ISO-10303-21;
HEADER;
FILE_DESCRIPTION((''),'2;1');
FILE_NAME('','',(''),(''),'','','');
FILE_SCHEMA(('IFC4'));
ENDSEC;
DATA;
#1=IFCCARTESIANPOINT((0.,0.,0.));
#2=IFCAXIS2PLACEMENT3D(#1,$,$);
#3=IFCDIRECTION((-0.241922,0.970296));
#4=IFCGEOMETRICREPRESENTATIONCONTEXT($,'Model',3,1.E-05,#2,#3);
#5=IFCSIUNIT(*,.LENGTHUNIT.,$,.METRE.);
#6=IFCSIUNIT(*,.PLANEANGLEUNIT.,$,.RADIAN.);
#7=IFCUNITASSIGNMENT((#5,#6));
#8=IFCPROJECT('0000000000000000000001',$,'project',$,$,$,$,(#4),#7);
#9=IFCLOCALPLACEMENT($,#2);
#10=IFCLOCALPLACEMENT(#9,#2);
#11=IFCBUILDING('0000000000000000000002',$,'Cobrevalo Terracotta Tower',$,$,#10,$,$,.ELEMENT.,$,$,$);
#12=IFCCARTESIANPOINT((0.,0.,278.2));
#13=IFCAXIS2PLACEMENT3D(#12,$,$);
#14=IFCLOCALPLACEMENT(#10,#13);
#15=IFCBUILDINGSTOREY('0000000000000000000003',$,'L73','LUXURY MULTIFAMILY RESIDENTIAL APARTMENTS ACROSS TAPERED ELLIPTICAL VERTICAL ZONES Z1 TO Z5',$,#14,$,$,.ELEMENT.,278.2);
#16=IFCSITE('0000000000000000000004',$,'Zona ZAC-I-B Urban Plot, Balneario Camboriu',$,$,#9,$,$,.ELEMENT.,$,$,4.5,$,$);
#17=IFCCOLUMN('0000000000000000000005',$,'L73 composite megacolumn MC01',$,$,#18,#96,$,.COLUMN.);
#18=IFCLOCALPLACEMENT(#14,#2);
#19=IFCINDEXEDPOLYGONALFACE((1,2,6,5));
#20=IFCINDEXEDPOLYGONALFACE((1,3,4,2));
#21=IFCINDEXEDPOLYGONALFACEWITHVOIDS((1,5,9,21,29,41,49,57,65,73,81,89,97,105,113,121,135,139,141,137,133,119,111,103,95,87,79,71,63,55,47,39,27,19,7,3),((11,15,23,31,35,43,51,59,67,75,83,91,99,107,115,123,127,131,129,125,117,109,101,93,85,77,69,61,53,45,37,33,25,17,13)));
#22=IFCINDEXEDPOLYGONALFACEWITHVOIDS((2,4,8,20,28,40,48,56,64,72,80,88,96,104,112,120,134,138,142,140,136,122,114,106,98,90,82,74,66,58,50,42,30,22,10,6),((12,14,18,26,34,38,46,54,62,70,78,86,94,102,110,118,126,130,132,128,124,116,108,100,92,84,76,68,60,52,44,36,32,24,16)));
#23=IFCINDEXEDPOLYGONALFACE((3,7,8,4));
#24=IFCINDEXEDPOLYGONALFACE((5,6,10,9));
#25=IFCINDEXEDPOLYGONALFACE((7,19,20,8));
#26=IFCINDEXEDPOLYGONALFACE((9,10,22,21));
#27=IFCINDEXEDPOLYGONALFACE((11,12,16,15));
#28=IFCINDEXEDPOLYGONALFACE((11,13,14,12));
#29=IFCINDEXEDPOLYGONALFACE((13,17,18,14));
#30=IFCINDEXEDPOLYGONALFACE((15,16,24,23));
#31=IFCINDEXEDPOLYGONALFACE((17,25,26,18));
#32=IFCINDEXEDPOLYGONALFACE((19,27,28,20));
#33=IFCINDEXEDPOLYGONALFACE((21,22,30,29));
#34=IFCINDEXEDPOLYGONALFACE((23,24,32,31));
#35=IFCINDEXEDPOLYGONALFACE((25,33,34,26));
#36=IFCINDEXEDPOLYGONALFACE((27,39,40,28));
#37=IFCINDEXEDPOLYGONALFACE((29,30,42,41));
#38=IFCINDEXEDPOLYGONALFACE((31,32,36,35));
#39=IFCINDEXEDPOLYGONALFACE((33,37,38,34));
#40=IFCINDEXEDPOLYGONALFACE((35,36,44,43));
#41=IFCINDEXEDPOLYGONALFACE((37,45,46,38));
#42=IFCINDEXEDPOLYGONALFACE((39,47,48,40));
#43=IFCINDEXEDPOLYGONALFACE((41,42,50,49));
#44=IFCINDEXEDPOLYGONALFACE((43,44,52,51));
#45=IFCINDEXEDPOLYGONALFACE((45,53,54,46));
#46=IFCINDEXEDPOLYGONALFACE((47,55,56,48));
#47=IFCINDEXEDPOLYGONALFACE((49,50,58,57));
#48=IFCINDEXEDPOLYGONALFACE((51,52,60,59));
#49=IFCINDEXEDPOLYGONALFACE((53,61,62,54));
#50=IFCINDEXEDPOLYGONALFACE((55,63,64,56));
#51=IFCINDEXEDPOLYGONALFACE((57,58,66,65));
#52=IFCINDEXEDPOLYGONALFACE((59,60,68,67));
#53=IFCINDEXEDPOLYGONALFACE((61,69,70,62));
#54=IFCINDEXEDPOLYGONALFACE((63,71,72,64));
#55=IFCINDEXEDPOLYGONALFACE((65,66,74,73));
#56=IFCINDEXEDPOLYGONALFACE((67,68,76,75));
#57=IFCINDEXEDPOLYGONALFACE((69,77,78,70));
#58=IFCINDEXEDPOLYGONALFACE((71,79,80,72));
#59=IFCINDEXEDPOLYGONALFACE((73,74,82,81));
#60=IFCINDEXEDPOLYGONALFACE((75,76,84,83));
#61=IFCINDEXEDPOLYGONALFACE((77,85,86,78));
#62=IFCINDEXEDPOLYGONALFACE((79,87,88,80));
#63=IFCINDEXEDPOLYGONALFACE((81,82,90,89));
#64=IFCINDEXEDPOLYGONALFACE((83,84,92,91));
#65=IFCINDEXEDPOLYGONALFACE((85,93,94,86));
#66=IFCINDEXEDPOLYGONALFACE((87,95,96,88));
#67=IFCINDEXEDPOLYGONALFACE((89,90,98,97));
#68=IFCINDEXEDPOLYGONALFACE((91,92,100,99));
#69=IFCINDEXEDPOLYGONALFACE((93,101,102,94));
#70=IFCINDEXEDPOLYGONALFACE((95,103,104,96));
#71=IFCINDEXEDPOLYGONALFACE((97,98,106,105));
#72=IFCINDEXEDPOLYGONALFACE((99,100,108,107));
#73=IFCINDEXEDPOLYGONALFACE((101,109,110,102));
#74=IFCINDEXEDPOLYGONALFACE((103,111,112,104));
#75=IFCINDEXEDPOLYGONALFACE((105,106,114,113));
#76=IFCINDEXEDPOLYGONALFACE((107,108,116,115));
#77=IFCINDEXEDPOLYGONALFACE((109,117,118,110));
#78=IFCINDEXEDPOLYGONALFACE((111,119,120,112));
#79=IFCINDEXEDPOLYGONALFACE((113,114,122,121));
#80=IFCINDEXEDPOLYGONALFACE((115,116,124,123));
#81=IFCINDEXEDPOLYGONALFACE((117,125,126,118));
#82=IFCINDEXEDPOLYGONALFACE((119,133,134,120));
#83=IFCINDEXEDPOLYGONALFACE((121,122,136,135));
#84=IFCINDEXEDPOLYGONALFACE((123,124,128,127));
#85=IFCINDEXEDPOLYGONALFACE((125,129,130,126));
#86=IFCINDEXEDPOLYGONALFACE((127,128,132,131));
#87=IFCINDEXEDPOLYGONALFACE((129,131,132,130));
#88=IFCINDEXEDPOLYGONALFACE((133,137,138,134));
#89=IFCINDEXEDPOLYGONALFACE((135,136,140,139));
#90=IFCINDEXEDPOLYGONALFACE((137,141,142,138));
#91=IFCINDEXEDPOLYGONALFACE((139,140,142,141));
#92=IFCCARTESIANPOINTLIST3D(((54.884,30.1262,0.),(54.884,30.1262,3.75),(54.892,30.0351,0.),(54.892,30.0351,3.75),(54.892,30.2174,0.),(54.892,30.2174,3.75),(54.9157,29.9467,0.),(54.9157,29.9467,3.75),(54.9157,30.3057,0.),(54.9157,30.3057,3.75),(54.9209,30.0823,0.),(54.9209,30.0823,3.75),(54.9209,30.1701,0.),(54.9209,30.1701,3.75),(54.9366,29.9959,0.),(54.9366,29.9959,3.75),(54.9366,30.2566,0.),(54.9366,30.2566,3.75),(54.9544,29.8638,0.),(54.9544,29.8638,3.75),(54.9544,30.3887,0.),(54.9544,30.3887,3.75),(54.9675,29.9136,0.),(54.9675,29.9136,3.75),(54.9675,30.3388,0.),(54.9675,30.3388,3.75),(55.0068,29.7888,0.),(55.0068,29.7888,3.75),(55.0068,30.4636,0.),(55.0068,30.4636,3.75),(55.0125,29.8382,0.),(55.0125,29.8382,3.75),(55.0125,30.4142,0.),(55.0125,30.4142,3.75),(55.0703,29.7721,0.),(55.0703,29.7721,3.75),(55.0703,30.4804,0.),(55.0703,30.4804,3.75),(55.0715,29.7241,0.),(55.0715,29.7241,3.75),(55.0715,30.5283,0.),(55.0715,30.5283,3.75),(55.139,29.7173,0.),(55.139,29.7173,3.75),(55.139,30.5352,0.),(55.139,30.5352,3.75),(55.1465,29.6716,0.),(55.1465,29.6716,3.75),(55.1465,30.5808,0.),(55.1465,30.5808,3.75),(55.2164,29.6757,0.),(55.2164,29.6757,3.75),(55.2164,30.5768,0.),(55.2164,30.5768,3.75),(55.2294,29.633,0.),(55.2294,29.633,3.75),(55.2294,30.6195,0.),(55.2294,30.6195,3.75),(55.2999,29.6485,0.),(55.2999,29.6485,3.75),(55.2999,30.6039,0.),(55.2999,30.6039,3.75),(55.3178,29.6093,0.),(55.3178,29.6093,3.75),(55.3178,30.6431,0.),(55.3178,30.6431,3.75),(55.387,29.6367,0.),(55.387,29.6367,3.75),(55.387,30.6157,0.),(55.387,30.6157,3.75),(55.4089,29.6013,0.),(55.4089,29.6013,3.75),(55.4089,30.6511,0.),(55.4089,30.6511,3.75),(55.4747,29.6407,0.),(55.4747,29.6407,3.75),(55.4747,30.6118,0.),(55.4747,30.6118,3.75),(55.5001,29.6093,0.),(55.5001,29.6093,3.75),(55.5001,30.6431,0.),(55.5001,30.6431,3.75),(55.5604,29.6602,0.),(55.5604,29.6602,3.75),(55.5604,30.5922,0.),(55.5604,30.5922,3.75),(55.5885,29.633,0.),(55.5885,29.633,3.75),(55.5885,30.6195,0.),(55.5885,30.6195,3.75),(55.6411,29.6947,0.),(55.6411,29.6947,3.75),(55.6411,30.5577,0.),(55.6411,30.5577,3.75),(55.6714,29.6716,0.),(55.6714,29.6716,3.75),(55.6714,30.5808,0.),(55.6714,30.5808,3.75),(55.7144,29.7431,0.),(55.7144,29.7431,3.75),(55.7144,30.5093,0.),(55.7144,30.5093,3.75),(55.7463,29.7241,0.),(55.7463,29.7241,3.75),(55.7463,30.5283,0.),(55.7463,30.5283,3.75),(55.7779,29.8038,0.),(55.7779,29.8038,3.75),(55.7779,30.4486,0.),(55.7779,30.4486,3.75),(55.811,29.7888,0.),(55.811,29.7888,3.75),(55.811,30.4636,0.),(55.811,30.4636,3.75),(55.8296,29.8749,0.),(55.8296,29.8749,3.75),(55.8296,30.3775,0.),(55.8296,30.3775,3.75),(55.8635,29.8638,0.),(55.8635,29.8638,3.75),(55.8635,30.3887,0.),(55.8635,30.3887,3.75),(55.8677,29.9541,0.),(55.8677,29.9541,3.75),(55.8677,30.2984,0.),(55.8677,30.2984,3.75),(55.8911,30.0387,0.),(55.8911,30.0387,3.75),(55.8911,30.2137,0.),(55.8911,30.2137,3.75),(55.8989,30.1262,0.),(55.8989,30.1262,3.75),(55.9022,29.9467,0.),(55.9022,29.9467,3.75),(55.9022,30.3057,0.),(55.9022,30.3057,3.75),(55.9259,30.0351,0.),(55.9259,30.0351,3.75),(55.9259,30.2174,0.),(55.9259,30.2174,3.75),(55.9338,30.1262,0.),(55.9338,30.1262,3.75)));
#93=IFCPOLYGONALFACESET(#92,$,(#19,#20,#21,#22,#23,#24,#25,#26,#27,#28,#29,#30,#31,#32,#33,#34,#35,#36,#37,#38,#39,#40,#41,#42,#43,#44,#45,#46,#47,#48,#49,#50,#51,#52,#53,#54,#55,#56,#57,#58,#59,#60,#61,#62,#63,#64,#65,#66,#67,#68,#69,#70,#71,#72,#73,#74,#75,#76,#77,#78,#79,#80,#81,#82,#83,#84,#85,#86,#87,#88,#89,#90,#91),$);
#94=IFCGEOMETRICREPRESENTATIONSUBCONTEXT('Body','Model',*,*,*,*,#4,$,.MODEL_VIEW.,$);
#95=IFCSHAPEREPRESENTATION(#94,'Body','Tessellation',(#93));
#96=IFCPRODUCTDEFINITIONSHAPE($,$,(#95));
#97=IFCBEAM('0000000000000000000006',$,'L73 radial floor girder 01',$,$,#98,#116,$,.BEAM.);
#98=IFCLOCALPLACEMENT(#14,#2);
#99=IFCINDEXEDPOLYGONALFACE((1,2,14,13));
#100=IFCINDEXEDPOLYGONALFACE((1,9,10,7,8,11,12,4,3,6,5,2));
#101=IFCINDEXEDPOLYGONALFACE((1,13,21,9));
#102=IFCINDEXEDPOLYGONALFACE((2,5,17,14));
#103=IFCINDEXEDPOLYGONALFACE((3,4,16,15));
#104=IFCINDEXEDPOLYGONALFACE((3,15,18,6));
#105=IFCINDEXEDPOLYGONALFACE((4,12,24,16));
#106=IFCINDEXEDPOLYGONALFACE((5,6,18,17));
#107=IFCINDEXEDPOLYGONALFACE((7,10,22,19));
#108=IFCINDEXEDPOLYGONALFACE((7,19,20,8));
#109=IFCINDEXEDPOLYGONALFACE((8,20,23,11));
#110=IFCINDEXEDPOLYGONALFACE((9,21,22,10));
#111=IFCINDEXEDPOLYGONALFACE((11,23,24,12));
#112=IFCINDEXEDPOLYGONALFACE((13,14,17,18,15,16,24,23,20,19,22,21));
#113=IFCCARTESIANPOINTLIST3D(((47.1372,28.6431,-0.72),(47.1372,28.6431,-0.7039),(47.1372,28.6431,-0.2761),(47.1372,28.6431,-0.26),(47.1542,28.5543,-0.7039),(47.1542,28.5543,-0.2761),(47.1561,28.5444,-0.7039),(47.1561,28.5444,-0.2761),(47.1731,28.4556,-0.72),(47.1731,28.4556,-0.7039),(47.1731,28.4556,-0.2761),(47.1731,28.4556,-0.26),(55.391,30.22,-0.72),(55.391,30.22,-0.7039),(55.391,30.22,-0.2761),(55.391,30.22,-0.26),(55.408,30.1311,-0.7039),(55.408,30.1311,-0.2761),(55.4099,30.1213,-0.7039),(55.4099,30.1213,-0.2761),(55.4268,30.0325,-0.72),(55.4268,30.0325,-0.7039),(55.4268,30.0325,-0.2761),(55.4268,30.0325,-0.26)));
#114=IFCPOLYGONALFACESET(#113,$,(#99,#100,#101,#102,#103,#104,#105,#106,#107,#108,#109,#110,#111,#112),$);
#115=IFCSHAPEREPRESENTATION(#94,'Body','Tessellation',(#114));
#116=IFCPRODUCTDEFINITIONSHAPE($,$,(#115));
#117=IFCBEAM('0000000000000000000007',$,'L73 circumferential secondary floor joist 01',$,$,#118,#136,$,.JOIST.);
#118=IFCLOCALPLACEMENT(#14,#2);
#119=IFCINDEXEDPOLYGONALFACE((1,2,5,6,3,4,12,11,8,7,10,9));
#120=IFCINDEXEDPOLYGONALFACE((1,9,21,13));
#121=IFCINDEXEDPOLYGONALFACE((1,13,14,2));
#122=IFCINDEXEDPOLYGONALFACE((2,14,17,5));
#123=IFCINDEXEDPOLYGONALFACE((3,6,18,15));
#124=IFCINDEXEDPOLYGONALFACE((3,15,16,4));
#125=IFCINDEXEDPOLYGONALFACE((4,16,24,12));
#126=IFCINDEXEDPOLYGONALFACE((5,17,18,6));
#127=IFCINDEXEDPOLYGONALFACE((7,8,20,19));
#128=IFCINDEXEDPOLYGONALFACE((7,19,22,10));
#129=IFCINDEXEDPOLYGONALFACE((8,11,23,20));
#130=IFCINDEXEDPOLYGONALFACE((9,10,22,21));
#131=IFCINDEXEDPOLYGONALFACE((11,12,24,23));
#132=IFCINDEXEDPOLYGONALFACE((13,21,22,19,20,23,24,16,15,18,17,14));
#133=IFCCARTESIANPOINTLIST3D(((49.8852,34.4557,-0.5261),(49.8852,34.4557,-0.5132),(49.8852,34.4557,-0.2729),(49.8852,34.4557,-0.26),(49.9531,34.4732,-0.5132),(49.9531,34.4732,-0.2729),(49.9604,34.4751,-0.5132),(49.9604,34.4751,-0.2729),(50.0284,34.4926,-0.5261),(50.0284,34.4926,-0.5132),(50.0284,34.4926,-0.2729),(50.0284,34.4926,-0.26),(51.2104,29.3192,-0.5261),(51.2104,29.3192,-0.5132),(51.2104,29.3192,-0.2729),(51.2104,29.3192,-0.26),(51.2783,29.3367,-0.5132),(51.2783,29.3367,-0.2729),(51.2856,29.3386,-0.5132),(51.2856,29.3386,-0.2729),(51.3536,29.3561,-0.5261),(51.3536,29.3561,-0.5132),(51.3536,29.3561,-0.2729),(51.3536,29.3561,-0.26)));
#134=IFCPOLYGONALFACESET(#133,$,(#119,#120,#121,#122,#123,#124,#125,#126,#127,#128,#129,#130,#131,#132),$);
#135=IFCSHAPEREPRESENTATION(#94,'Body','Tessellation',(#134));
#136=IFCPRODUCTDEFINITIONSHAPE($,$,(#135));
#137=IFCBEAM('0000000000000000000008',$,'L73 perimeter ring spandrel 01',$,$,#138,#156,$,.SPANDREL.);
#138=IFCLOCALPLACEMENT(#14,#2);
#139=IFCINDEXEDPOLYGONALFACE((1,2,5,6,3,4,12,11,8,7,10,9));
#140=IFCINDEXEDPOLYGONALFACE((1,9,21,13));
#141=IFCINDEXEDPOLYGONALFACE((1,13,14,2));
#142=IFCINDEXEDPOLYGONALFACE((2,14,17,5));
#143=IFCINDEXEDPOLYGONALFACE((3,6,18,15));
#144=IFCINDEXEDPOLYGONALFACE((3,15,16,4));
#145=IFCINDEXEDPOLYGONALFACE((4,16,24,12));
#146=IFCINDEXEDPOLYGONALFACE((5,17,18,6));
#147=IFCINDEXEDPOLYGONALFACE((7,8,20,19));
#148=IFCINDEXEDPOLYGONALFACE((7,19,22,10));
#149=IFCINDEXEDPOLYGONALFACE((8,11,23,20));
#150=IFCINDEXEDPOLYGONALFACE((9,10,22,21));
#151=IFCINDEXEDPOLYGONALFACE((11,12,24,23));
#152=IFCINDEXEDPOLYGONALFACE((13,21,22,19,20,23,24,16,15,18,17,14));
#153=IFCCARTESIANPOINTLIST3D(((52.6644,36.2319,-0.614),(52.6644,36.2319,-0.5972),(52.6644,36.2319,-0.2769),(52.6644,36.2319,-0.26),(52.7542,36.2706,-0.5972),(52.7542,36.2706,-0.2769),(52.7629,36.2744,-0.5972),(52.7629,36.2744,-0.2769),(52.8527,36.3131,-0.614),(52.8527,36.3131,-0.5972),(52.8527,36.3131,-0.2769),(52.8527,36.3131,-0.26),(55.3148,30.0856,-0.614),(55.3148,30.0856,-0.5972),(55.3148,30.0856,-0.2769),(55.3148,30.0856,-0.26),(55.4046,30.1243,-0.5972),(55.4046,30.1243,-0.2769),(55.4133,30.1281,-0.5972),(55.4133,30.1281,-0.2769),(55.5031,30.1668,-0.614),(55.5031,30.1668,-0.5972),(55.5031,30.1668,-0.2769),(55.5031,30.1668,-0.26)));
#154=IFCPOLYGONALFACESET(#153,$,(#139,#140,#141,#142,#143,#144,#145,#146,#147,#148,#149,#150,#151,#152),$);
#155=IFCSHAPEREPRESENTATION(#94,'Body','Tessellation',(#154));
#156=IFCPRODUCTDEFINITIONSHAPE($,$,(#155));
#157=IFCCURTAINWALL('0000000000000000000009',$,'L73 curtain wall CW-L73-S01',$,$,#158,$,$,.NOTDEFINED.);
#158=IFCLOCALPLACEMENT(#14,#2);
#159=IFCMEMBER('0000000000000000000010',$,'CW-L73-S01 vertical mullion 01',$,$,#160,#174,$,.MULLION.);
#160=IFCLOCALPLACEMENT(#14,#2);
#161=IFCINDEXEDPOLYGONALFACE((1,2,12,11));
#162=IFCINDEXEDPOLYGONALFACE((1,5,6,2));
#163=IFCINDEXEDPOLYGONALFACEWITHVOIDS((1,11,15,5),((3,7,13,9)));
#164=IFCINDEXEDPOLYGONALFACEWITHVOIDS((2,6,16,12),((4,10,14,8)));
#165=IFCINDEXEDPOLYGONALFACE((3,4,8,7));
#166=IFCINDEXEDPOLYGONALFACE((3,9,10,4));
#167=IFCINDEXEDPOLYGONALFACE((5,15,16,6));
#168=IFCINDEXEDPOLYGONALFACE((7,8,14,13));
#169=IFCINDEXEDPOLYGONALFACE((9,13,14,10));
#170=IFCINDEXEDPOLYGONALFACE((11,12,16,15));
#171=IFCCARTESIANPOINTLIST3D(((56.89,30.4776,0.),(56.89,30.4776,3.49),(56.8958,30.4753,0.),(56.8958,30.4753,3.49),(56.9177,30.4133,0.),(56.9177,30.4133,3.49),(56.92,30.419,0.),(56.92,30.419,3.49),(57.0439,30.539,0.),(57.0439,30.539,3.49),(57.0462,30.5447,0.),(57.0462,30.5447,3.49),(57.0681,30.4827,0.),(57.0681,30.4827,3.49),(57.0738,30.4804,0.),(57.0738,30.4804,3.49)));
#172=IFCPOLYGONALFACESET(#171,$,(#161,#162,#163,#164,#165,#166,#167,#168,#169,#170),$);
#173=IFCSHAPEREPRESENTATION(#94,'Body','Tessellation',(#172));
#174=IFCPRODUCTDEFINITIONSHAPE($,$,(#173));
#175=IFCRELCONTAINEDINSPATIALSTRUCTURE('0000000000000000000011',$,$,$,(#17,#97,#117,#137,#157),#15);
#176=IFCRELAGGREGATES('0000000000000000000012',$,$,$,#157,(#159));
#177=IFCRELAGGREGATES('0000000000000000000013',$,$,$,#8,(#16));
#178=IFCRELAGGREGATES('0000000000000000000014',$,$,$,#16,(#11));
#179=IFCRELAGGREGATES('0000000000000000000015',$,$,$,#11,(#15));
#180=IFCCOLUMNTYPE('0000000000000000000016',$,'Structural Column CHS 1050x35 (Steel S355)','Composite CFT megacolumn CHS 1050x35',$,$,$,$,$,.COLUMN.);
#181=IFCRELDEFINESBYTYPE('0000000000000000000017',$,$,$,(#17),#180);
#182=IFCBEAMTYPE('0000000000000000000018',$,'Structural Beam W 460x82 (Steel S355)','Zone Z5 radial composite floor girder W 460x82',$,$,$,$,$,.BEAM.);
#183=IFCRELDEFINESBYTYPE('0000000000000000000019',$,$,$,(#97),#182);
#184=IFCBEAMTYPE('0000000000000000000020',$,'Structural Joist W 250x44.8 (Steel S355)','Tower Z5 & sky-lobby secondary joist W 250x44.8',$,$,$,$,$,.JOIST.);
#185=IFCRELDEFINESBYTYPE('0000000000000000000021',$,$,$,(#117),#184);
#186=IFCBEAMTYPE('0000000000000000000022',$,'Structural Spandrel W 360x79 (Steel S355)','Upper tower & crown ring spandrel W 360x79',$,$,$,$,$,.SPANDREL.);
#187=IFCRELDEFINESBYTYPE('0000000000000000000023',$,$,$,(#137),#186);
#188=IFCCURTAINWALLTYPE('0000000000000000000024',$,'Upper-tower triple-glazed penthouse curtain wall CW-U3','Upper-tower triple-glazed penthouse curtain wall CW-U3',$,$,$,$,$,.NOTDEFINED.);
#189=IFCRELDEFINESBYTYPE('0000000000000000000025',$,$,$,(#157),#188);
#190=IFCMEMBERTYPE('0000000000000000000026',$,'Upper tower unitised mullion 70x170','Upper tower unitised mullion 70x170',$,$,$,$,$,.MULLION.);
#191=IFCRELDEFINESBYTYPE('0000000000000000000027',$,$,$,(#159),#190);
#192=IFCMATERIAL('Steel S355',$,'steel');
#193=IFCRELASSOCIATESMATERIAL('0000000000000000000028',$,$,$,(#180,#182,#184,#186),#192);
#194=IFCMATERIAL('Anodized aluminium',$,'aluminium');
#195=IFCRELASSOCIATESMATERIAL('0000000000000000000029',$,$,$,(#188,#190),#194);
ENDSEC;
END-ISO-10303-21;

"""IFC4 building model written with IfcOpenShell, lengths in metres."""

from ifc_helpers import new_model, si_unit, direction, frame, origin, origin_2d, place, context, subcontext, project, spatial, hollow_rectangle, hollow_circle, i_section, extrude, source, transform, mapped, material, material_profile, profile_set, type_object, element, aggregate, save


model = new_model("IFC4")

# Units and contexts
model_context = context("Model", 3, precision=1e-05, world=origin(), true_north=direction((-0.241922, 0.970296)))
body_context = subcontext(model_context, "Body", "Model", "MODEL_VIEW")
ifc_project = project(units=[si_unit("LENGTHUNIT", "METRE"), si_unit("PLANEANGLEUNIT", "RADIAN")], contexts=[model_context])

# Site, building, storey
site_placement = place(None, origin())
site = spatial("IfcSite", under=ifc_project, at=site_placement, Name="Zona ZAC-I-B Urban Plot, Balneario Camboriu", CompositionType="ELEMENT", RefElevation=4.5)
building_placement = place(site_placement, origin())
building = spatial("IfcBuilding", under=site, at=building_placement, Name="Cobrevalo Terracotta Tower", CompositionType="ELEMENT")
storey_placement = place(building_placement, frame((0.0, 0.0, 278.2)))
storey = spatial("IfcBuildingStorey", under=building, at=storey_placement, Name="L73", Description="LUXURY MULTIFAMILY RESIDENTIAL APARTMENTS ACROSS TAPERED ELLIPTICAL VERTICAL ZONES Z1 TO Z5", CompositionType="ELEMENT", Elevation=278.2)

# Column
ifc_material_1 = material(Name="Steel S355", Category="steel")
ifc_material_profile_1 = material_profile(ifc_material_1, hollow_circle(Radius=0.5249, WallThickness=0.0349, at=origin_2d()), Name="CHS 1050x35")
ifc_profile_set_1 = profile_set([ifc_material_profile_1], Name="Steel S355")
column_type = type_object("IfcColumnType", Name="Structural Column CHS 1050x35 (Steel S355)", Description="Composite CFT megacolumn CHS 1050x35", PredefinedType="COLUMN", material=ifc_profile_set_1)
column_placement = place(storey_placement, frame((55.4089, 30.1262, 0.0), z_axis=(0.0, 0.0, 1.0), x_axis=(1.0, 0.0, 0.0)))
element("IfcColumn", 1, at=column_placement, inside=storey, type_object=column_type, Name="L73 composite megacolumn MC01", PredefinedType="COLUMN", context=body_context, shape_type="SweptSolid", body=[
    extrude(hollow_circle(Radius=0.5249, WallThickness=0.0349, at=origin_2d()), origin(), (0.0, 0.0, 1.0), 3.75),
])

# Beams
ifc_material_profile_2 = material_profile(ifc_material_1, i_section(OverallWidth=0.1909, OverallDepth=0.46, WebThickness=0.01, FlangeThickness=0.0161, at=origin_2d()), Name="W 460x82")
ifc_profile_set_2 = profile_set([ifc_material_profile_2], Name="Steel S355")
beam_type_1 = type_object("IfcBeamType", Name="Structural Beam W 460x82 (Steel S355)", Description="Zone Z5 radial composite floor girder W 460x82", PredefinedType="BEAM", material=ifc_profile_set_2)
beam_1_placement = place(storey_placement, frame((55.4089, 30.1262, -0.49), z_axis=(-0.982235, -0.187655, 0.0), x_axis=(0.187655, -0.982235, 0.0)))
element("IfcBeam", 2, at=beam_1_placement, inside=storey, type_object=beam_type_1, Name="L73 radial floor girder 01", PredefinedType="BEAM", context=body_context, shape_type="SweptSolid", body=[
    extrude(i_section(OverallWidth=0.1909, OverallDepth=0.46, WebThickness=0.01, FlangeThickness=0.0161, at=origin_2d()), origin(), (0.0, 0.0, 1.0), 8.4031),
])
ifc_material_profile_3 = material_profile(ifc_material_1, i_section(OverallWidth=0.1479, OverallDepth=0.2661, WebThickness=0.0076, FlangeThickness=0.0129, at=origin_2d()), Name="W 250x44.8")
ifc_profile_set_3 = profile_set([ifc_material_profile_3], Name="Steel S355")
beam_type_2 = type_object("IfcBeamType", Name="Structural Joist W 250x44.8 (Steel S355)", Description="Tower Z5 & sky-lobby secondary joist W 250x44.8", PredefinedType="JOIST", material=ifc_profile_set_3)
beam_2_placement = place(storey_placement, frame((51.282, 29.3376, -0.3931), z_axis=(-0.249817, 0.968293, 0.0), x_axis=(-0.968293, -0.249817, 0.0)))
element("IfcBeam", 3, at=beam_2_placement, inside=storey, type_object=beam_type_2, Name="L73 circumferential secondary floor joist 01", PredefinedType="JOIST", context=body_context, shape_type="SweptSolid", body=[
    extrude(i_section(OverallWidth=0.1479, OverallDepth=0.2661, WebThickness=0.0076, FlangeThickness=0.0129, at=origin_2d()), origin(), (0.0, 0.0, 1.0), 5.3047),
])
ifc_material_profile_4 = material_profile(ifc_material_1, i_section(OverallWidth=0.2051, OverallDepth=0.354, WebThickness=0.0095, FlangeThickness=0.0168, at=origin_2d()), Name="W 360x79")
ifc_profile_set_4 = profile_set([ifc_material_profile_4], Name="Steel S355")
beam_type_3 = type_object("IfcBeamType", Name="Structural Spandrel W 360x79 (Steel S355)", Description="Upper tower & crown ring spandrel W 360x79", PredefinedType="SPANDREL", material=ifc_profile_set_4)
beam_3_placement = place(storey_placement, frame((55.4089, 30.1262, -0.437), z_axis=(-0.395974, 0.918262, 0.0), x_axis=(-0.918262, -0.395974, 0.0)))
element("IfcBeam", 4, at=beam_3_placement, inside=storey, type_object=beam_type_3, Name="L73 perimeter ring spandrel 01", PredefinedType="SPANDREL", context=body_context, shape_type="SweptSolid", body=[
    extrude(i_section(OverallWidth=0.2051, OverallDepth=0.354, WebThickness=0.0095, FlangeThickness=0.0168, at=origin_2d()), origin(), (0.0, 0.0, 1.0), 6.6934),
])

# Curtain wall, member
ifc_material_2 = material(Name="Anodized aluminium", Category="aluminium")
curtain_wall_type = type_object("IfcCurtainWallType", Name="Upper-tower triple-glazed penthouse curtain wall CW-U3", Description="Upper-tower triple-glazed penthouse curtain wall CW-U3", PredefinedType="NOTDEFINED", material=ifc_material_2)
curtain_wall_1_placement = place(storey_placement, origin())
curtain_wall_1 = element("IfcCurtainWall", 5, at=curtain_wall_1_placement, inside=storey, type_object=curtain_wall_type, Name="L73 curtain wall CW-L73-S01", PredefinedType="NOTDEFINED")
ifc_material_profile_5 = material_profile(ifc_material_2, hollow_rectangle(XDim=0.0701, YDim=0.1699, WallThickness=0.0044, at=origin_2d()), Name="CWM 70x170")
ifc_profile_set_5 = profile_set([ifc_material_profile_5], Name="Anodized aluminium")
member_type_1 = type_object("IfcMemberType", Name="Upper tower unitised mullion 70x170", Description="Upper tower unitised mullion 70x170", PredefinedType="MULLION", material=ifc_profile_set_5)
shared_shape_1 = source(origin(), body_context, "Body", "SweptSolid", [
    extrude(hollow_rectangle(XDim=0.0701, YDim=0.1699, WallThickness=0.0044, at=origin_2d()), origin(), (0.0, 0.0, 1.0), 3.49),
])
member_1_placement = place(storey_placement, frame((56.9819, 30.479, 0.0), z_axis=(0.0, 0.0, 1.0), x_axis=(-0.394824, 0.918757, 0.0)))
member_1 = element("IfcMember", 6, at=member_1_placement, type_object=member_type_1, Name="CW-L73-S01 vertical mullion 01", PredefinedType="MULLION", context=body_context, shape_type="MappedRepresentation", body=[
    mapped(shared_shape_1, transform((0.0, 0.0, 0.0), scale=1.0)),
])

aggregate(curtain_wall_1, [member_1])

save(model, "model.ifc")
